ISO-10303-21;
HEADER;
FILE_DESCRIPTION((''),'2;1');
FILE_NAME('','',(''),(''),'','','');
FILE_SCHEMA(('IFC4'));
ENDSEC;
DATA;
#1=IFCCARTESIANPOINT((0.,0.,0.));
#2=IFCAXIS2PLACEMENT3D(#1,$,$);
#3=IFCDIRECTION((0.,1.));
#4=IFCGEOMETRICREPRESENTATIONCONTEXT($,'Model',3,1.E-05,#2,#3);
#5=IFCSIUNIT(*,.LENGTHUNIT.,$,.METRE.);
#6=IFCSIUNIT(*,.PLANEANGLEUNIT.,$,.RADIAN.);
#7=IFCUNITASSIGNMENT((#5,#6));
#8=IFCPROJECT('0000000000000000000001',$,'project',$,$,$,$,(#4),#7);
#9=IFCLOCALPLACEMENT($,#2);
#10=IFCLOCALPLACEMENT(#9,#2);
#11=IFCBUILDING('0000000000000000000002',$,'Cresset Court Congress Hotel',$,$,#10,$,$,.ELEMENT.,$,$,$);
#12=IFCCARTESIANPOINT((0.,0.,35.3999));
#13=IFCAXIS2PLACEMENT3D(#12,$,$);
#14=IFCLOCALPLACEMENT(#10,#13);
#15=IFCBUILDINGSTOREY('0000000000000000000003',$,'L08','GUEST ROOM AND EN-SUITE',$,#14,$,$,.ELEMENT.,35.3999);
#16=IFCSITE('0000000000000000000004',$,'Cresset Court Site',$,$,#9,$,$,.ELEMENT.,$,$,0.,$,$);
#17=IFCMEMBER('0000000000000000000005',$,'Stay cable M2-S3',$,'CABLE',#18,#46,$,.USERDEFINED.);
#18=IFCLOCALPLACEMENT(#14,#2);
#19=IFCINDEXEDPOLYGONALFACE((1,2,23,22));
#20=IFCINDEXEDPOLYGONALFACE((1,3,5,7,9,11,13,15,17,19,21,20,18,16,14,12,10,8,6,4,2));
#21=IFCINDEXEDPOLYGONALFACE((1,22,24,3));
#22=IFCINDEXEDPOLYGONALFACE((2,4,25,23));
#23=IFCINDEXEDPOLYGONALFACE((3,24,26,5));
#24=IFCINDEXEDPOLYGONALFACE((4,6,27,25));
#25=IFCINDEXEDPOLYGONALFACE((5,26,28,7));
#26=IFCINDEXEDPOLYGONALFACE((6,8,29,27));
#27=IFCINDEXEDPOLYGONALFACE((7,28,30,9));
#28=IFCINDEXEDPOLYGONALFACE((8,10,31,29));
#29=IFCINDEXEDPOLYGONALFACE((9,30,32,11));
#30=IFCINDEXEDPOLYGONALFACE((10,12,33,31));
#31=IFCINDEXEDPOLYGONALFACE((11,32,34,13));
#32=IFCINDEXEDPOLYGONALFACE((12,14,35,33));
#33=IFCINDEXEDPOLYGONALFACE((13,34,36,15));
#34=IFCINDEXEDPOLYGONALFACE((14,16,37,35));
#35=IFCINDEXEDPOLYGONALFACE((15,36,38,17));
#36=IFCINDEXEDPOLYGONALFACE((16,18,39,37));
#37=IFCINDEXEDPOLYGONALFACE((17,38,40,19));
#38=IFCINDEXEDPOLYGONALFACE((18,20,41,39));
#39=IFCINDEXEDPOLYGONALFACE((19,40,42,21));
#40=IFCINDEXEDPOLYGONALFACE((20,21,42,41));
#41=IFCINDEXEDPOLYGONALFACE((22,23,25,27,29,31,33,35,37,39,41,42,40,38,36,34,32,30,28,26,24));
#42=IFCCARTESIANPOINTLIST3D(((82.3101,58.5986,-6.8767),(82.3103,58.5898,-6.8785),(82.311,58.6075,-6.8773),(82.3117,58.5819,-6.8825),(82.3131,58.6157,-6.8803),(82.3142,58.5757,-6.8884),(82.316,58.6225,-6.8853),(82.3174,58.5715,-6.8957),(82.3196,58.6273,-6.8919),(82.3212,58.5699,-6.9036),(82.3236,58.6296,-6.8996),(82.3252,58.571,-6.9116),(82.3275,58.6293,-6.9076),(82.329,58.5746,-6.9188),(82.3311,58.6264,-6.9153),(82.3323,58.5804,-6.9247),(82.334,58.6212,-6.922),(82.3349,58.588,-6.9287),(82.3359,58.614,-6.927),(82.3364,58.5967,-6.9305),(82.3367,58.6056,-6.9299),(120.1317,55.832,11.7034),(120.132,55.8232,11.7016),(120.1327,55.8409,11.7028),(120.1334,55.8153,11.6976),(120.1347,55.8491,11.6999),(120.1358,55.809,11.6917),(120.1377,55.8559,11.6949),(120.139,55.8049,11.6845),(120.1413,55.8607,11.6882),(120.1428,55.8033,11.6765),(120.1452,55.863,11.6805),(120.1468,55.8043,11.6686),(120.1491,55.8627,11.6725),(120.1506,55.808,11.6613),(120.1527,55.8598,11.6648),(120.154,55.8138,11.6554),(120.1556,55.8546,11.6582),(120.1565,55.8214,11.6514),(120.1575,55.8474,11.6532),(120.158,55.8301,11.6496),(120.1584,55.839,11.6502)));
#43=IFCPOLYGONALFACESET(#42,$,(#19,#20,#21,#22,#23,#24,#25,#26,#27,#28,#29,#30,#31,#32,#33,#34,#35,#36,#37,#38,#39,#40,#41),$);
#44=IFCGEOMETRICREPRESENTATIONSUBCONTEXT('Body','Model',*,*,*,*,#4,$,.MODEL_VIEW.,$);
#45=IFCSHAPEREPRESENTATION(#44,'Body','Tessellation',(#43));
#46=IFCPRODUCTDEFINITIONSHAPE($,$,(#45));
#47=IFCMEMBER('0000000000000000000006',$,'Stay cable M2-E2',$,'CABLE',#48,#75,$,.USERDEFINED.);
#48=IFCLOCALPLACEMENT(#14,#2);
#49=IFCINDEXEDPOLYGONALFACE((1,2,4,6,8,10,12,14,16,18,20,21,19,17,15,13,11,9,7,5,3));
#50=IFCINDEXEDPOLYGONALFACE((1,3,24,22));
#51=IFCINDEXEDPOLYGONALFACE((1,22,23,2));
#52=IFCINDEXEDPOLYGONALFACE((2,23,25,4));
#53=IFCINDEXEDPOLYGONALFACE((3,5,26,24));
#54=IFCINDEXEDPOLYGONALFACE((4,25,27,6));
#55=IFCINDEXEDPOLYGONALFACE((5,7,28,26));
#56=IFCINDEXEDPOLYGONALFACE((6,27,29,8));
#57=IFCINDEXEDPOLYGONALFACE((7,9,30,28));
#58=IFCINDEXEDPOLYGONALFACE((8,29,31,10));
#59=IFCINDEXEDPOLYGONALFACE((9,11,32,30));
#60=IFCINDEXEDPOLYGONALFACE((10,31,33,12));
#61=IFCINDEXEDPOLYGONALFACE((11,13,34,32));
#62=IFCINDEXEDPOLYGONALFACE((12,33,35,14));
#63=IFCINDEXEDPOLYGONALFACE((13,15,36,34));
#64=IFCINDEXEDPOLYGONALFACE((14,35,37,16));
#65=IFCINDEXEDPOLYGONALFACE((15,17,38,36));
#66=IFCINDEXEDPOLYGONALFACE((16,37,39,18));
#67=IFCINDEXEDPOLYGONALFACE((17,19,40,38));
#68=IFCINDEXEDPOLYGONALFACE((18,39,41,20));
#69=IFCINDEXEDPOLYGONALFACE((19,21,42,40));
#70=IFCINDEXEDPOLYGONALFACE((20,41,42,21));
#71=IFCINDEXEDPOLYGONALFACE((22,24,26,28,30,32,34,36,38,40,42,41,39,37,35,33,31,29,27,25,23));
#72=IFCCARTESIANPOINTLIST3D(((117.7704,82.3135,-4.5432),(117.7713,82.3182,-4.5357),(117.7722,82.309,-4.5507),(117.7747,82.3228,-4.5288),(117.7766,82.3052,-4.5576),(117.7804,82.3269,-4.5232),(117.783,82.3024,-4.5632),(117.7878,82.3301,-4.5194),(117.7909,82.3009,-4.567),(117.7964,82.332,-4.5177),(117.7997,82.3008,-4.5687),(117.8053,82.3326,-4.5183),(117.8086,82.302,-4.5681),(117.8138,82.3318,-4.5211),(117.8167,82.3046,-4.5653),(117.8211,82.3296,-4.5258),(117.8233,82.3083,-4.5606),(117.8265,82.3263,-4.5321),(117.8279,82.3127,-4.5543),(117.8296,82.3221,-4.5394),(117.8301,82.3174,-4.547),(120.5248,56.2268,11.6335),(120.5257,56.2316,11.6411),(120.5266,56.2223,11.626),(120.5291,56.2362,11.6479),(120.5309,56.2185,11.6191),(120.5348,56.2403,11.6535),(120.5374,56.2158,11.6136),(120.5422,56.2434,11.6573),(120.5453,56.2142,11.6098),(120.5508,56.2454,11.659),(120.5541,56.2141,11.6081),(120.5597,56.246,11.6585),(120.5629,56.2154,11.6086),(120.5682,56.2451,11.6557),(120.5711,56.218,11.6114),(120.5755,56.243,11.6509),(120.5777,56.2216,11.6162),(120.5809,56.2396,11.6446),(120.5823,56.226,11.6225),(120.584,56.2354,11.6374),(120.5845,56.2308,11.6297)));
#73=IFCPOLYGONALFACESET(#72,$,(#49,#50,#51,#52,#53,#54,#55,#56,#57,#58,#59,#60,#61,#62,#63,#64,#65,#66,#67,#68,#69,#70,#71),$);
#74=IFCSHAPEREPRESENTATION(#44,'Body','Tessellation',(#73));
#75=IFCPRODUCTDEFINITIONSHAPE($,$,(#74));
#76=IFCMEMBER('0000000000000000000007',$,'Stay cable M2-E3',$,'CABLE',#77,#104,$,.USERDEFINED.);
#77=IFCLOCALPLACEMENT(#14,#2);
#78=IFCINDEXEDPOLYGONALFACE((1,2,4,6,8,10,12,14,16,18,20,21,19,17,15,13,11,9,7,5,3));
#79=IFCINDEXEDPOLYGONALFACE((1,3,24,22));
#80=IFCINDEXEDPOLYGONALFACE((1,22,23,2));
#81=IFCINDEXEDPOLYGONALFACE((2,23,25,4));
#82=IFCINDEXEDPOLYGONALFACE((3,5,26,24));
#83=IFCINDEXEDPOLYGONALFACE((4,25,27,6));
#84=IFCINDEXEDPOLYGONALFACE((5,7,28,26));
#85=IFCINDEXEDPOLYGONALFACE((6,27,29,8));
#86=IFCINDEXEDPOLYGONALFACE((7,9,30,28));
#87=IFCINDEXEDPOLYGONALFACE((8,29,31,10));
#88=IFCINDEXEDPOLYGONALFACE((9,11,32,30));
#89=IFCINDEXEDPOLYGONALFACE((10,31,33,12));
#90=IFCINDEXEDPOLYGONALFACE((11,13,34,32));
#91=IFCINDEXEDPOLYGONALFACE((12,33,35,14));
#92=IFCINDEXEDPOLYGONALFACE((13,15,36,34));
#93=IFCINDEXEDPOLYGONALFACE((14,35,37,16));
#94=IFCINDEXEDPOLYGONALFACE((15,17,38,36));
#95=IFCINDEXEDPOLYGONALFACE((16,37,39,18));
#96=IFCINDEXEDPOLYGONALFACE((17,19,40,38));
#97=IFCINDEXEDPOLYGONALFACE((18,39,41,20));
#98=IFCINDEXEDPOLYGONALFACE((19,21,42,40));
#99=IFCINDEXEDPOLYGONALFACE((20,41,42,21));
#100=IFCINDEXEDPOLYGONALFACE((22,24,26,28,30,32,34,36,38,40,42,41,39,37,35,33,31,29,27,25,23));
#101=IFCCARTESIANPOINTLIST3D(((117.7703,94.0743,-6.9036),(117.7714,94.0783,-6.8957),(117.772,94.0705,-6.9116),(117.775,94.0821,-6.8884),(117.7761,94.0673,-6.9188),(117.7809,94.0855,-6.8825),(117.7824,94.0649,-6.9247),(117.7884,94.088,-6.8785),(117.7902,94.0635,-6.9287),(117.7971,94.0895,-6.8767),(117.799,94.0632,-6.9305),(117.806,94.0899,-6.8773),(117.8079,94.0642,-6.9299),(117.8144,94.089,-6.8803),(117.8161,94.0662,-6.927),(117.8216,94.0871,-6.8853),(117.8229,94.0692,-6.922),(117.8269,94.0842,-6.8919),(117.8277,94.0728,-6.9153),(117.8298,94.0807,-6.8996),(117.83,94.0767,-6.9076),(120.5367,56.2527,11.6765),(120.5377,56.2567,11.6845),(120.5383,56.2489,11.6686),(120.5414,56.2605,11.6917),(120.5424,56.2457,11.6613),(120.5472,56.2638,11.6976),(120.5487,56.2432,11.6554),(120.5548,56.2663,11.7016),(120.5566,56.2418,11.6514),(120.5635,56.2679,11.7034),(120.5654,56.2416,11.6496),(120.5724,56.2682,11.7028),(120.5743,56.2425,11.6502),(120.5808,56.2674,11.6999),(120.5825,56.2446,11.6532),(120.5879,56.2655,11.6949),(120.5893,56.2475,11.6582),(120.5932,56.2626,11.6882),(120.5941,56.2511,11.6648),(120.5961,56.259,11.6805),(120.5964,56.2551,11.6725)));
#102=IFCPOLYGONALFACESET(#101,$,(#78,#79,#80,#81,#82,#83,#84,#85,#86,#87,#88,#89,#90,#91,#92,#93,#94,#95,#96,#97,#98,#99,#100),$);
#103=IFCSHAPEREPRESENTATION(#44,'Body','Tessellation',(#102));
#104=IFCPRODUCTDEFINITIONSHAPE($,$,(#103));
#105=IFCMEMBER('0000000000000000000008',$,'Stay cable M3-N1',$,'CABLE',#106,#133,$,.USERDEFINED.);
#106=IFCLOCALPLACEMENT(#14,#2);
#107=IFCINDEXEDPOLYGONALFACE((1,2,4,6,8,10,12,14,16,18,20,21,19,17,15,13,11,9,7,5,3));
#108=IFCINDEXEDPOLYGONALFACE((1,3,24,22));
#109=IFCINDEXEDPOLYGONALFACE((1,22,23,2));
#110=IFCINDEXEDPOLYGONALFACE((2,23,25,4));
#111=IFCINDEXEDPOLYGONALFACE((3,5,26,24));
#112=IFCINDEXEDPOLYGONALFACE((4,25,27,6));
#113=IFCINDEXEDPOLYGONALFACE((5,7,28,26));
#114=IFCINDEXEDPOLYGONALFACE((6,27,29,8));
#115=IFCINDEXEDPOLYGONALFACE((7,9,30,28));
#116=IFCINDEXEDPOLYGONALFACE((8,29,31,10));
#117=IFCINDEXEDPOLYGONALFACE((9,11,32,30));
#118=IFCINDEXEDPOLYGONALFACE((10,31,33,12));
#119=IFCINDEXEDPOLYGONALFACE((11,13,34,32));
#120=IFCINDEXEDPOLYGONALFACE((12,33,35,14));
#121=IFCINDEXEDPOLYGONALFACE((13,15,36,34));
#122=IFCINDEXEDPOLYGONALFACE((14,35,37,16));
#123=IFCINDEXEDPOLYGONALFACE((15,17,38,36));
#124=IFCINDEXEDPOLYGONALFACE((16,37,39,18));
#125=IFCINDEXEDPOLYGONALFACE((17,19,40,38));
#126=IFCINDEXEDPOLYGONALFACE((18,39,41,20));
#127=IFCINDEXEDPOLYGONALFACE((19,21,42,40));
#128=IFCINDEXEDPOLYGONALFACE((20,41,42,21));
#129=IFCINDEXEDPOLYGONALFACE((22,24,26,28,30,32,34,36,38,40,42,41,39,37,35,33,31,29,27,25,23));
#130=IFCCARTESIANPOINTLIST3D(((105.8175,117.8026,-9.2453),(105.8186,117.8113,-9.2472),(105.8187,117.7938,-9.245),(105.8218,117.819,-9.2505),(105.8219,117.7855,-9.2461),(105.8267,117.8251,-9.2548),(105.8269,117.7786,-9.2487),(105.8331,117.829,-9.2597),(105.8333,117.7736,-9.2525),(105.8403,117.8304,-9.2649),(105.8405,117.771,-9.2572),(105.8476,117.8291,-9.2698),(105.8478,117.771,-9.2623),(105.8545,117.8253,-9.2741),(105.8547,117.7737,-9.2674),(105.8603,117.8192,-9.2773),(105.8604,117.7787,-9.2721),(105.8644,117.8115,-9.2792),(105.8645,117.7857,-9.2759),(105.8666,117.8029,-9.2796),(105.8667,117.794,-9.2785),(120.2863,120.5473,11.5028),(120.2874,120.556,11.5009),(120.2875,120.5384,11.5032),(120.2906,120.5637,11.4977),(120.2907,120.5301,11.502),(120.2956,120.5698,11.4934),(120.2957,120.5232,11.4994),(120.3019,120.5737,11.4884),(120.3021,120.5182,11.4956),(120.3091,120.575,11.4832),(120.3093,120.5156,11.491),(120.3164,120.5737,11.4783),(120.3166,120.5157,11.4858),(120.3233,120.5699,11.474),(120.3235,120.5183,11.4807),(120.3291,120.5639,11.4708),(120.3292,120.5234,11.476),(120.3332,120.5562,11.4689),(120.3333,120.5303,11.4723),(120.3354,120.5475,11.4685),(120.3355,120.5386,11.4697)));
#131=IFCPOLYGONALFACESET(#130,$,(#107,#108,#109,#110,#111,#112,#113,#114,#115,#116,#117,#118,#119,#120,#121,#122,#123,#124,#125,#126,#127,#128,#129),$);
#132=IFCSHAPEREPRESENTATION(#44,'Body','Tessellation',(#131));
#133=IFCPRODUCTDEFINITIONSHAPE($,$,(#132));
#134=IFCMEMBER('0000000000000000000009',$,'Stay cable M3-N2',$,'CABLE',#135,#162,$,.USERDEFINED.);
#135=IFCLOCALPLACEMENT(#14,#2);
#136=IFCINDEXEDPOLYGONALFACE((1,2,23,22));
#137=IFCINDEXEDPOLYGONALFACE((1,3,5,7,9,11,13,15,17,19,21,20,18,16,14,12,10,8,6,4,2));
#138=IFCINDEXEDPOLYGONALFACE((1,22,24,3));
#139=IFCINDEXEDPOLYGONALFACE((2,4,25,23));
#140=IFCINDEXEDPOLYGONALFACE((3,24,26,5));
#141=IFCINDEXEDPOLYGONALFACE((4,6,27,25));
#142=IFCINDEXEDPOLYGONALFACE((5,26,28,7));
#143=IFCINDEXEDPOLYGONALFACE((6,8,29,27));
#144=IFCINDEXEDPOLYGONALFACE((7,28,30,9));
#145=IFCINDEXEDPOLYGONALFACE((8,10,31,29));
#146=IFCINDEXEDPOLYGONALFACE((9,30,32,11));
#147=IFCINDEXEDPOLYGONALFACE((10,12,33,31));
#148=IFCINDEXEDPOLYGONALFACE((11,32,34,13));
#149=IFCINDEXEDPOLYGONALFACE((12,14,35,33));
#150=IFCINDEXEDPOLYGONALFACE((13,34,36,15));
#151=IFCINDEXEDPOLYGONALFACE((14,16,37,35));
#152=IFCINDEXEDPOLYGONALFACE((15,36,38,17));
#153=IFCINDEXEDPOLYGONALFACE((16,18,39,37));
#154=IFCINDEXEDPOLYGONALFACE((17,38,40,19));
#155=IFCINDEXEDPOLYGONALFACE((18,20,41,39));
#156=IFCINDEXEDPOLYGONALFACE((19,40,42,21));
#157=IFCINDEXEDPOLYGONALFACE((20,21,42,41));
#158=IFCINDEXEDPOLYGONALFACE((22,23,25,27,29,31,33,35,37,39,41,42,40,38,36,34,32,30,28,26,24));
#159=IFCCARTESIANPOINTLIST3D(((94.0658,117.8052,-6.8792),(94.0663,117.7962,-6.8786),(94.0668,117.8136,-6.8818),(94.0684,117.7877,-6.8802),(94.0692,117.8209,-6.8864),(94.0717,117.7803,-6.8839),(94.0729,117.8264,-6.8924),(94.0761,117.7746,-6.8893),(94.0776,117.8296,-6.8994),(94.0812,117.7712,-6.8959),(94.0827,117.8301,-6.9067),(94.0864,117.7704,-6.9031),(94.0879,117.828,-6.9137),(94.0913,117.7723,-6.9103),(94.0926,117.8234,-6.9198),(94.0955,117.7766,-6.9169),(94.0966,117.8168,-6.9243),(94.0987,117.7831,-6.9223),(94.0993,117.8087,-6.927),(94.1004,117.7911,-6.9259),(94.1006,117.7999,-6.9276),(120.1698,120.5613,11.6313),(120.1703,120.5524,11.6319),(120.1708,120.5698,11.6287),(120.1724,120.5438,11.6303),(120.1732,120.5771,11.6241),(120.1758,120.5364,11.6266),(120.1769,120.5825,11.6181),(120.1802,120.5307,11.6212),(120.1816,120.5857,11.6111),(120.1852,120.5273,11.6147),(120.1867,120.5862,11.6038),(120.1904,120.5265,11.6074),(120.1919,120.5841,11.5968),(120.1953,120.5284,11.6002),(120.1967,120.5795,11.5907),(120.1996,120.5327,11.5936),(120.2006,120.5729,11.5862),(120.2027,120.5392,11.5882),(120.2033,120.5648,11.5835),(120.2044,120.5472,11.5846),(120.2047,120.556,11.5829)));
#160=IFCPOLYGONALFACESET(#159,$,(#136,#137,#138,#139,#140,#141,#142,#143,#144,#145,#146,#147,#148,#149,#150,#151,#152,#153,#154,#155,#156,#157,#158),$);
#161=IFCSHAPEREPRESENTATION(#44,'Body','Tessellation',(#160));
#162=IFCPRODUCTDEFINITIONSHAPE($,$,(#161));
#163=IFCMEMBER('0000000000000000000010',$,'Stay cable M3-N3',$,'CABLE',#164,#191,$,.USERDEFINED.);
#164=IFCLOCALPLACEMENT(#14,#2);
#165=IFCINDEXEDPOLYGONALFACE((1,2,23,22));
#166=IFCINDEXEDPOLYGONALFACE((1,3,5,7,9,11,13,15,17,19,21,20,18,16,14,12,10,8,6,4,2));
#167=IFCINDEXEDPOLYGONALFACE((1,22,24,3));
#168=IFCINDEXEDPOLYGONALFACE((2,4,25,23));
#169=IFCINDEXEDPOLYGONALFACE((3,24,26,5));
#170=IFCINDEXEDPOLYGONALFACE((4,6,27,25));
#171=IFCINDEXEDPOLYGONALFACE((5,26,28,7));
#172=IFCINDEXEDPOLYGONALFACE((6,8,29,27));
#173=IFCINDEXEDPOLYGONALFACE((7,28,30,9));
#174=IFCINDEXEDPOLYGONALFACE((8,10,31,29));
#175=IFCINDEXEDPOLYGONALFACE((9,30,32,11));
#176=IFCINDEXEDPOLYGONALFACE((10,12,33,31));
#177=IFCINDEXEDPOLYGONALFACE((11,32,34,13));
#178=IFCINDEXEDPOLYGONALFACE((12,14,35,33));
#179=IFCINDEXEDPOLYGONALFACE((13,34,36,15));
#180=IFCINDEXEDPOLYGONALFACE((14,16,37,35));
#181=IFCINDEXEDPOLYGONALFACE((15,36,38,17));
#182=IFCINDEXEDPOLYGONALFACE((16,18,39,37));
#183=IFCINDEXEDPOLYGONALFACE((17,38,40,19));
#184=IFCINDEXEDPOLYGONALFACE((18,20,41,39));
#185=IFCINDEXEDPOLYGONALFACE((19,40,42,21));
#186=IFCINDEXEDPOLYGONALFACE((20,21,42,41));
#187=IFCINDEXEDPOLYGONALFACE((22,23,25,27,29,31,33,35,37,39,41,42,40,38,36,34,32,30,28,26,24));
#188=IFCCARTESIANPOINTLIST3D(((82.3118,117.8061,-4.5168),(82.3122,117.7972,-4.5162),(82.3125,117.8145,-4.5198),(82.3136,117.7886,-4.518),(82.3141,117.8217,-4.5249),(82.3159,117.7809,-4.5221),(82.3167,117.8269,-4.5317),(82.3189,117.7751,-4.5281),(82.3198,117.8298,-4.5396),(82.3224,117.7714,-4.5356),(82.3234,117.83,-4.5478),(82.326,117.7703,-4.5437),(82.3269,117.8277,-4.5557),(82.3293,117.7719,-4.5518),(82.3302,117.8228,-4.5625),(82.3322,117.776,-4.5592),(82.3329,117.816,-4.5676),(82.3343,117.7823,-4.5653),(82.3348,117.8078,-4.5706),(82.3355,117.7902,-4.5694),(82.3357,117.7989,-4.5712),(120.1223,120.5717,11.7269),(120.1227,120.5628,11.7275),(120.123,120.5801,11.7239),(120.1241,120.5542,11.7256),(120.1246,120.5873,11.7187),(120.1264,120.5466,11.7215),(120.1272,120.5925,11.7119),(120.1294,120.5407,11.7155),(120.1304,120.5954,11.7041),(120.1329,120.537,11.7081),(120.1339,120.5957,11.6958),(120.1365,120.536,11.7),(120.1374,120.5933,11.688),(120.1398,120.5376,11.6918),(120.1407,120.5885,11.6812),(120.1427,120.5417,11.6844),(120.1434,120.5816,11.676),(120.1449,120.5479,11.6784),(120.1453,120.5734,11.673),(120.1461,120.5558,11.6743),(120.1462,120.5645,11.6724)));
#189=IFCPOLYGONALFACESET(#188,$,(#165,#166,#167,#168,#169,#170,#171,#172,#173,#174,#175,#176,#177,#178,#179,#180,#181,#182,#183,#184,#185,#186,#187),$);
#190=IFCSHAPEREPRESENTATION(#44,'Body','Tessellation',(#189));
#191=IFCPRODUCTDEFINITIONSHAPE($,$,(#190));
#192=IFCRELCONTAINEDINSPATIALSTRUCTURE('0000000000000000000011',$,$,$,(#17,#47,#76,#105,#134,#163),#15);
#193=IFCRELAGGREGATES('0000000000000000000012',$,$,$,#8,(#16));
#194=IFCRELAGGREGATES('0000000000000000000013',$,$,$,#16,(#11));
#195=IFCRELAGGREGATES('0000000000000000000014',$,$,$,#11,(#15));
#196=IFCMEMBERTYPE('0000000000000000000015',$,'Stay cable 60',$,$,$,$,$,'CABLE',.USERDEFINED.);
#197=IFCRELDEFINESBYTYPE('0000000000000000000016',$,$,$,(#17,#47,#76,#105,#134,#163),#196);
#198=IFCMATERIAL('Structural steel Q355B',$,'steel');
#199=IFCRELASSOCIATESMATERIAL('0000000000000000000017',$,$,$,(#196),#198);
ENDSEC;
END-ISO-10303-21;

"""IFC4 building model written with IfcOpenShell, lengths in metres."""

from ifc_helpers import new_model, si_unit, direction, frame, origin, origin_2d, place, context, subcontext, project, spatial, circle, extrude, material, material_profile, profile_set, type_object, element, save


model = new_model("IFC4")

# Units and contexts
model_context = context("Model", 3, precision=1e-05, world=origin(), true_north=direction((0.0, 1.0)))
body_context = subcontext(model_context, "Body", "Model", "MODEL_VIEW")
ifc_project = project(units=[si_unit("LENGTHUNIT", "METRE"), si_unit("PLANEANGLEUNIT", "RADIAN")], contexts=[model_context])

# Site, building, storey
site_placement = place(None, origin())
site = spatial("IfcSite", under=ifc_project, at=site_placement, Name="Cresset Court Site", CompositionType="ELEMENT", RefElevation=0.0)
building_placement = place(site_placement, origin())
building = spatial("IfcBuilding", under=site, at=building_placement, Name="Cresset Court Congress Hotel", CompositionType="ELEMENT")
storey_placement = place(building_placement, frame((0.0, 0.0, 35.3999)))
storey = spatial("IfcBuildingStorey", under=building, at=storey_placement, Name="L08", Description="GUEST ROOM AND EN-SUITE", CompositionType="ELEMENT", Elevation=35.3999)

# Members
ifc_material_1 = material(Name="Structural steel Q355B", Category="steel")
ifc_material_profile_1 = material_profile(ifc_material_1, circle(Radius=0.03, at=origin_2d()), Name="CABLE60")
ifc_profile_set_1 = profile_set([ifc_material_profile_1], Name="Structural steel Q355B")
member_type = type_object("IfcMemberType", Name="Stay cable 60", ElementType="CABLE", PredefinedType="USERDEFINED", material=ifc_profile_set_1)
member_1_placement = place(storey_placement, frame((120.145, 55.8333, 11.6765), z_axis=(-0.895616, 0.065513, -0.439977), x_axis=(-0.072954, -0.997335, 0.0)))
element("IfcMember", 1, at=member_1_placement, inside=storey, type_object=member_type, Name="Stay cable M2-S3", ObjectType="CABLE", PredefinedType="USERDEFINED", context=body_context, shape_type="SweptSolid", body=[
    extrude(circle(Radius=0.03, at=origin_2d()), origin(), (0.0, 0.0, 1.0), 42.2297),
])
member_2_placement = place(storey_placement, frame((120.5547, 56.23, 11.6335), z_axis=(-0.089374, 0.846458, -0.524902), x_axis=(-0.994472, -0.105003, 0.0)))
element("IfcMember", 2, at=member_2_placement, inside=storey, type_object=member_type, Name="Stay cable M2-E2", ObjectType="CABLE", PredefinedType="USERDEFINED", context=body_context, shape_type="SweptSolid", body=[
    extrude(circle(Radius=0.03, at=origin_2d()), origin(), (0.0, 0.0, 1.0), 30.8186),
])
member_3_placement = place(storey_placement, frame((120.5667, 56.2549, 11.6765), z_axis=(-0.065508, 0.895616, -0.439977), x_axis=(-0.997336, -0.072948, 0.0)))
element("IfcMember", 3, at=member_3_placement, inside=storey, type_object=member_type, Name="Stay cable M2-E3", ObjectType="CABLE", PredefinedType="USERDEFINED", context=body_context, shape_type="SweptSolid", body=[
    extrude(circle(Radius=0.03, at=origin_2d()), origin(), (0.0, 0.0, 1.0), 42.2297),
])
member_4_placement = place(storey_placement, frame((120.311, 120.5452, 11.4858), z_axis=(-0.568667, -0.107873, -0.815464), x_axis=(0.18637, -0.98248, 0.0)))
element("IfcMember", 4, at=member_4_placement, inside=storey, type_object=member_type, Name="Stay cable M3-N1", ObjectType="CABLE", PredefinedType="USERDEFINED", context=body_context, shape_type="SweptSolid", body=[
    extrude(circle(Radius=0.03, at=origin_2d()), origin(), (0.0, 0.0, 1.0), 25.4434),
])
member_5_placement = place(storey_placement, frame((120.1873, 120.5564, 11.6074), z_axis=(-0.812719, -0.085808, -0.576303), x_axis=(0.104998, -0.994472, 0.0)))
element("IfcMember", 5, at=member_5_placement, inside=storey, type_object=member_type, Name="Stay cable M3-N2", ObjectType="CABLE", PredefinedType="USERDEFINED", context=body_context, shape_type="SweptSolid", body=[
    extrude(circle(Radius=0.03, at=origin_2d()), origin(), (0.0, 0.0, 1.0), 32.1194),
])
member_6_placement = place(storey_placement, frame((120.1343, 120.5659, 11.7), z_axis=(-0.916732, -0.067054, -0.393834), x_axis=(0.072949, -0.997336, 0.0)))
element("IfcMember", 6, at=member_6_placement, inside=storey, type_object=member_type, Name="Stay cable M3-N3", ObjectType="CABLE", PredefinedType="USERDEFINED", context=body_context, shape_type="SweptSolid", body=[
    extrude(circle(Radius=0.03, at=origin_2d()), origin(), (0.0, 0.0, 1.0), 41.2449),
])

save(model, "model.ifc")
